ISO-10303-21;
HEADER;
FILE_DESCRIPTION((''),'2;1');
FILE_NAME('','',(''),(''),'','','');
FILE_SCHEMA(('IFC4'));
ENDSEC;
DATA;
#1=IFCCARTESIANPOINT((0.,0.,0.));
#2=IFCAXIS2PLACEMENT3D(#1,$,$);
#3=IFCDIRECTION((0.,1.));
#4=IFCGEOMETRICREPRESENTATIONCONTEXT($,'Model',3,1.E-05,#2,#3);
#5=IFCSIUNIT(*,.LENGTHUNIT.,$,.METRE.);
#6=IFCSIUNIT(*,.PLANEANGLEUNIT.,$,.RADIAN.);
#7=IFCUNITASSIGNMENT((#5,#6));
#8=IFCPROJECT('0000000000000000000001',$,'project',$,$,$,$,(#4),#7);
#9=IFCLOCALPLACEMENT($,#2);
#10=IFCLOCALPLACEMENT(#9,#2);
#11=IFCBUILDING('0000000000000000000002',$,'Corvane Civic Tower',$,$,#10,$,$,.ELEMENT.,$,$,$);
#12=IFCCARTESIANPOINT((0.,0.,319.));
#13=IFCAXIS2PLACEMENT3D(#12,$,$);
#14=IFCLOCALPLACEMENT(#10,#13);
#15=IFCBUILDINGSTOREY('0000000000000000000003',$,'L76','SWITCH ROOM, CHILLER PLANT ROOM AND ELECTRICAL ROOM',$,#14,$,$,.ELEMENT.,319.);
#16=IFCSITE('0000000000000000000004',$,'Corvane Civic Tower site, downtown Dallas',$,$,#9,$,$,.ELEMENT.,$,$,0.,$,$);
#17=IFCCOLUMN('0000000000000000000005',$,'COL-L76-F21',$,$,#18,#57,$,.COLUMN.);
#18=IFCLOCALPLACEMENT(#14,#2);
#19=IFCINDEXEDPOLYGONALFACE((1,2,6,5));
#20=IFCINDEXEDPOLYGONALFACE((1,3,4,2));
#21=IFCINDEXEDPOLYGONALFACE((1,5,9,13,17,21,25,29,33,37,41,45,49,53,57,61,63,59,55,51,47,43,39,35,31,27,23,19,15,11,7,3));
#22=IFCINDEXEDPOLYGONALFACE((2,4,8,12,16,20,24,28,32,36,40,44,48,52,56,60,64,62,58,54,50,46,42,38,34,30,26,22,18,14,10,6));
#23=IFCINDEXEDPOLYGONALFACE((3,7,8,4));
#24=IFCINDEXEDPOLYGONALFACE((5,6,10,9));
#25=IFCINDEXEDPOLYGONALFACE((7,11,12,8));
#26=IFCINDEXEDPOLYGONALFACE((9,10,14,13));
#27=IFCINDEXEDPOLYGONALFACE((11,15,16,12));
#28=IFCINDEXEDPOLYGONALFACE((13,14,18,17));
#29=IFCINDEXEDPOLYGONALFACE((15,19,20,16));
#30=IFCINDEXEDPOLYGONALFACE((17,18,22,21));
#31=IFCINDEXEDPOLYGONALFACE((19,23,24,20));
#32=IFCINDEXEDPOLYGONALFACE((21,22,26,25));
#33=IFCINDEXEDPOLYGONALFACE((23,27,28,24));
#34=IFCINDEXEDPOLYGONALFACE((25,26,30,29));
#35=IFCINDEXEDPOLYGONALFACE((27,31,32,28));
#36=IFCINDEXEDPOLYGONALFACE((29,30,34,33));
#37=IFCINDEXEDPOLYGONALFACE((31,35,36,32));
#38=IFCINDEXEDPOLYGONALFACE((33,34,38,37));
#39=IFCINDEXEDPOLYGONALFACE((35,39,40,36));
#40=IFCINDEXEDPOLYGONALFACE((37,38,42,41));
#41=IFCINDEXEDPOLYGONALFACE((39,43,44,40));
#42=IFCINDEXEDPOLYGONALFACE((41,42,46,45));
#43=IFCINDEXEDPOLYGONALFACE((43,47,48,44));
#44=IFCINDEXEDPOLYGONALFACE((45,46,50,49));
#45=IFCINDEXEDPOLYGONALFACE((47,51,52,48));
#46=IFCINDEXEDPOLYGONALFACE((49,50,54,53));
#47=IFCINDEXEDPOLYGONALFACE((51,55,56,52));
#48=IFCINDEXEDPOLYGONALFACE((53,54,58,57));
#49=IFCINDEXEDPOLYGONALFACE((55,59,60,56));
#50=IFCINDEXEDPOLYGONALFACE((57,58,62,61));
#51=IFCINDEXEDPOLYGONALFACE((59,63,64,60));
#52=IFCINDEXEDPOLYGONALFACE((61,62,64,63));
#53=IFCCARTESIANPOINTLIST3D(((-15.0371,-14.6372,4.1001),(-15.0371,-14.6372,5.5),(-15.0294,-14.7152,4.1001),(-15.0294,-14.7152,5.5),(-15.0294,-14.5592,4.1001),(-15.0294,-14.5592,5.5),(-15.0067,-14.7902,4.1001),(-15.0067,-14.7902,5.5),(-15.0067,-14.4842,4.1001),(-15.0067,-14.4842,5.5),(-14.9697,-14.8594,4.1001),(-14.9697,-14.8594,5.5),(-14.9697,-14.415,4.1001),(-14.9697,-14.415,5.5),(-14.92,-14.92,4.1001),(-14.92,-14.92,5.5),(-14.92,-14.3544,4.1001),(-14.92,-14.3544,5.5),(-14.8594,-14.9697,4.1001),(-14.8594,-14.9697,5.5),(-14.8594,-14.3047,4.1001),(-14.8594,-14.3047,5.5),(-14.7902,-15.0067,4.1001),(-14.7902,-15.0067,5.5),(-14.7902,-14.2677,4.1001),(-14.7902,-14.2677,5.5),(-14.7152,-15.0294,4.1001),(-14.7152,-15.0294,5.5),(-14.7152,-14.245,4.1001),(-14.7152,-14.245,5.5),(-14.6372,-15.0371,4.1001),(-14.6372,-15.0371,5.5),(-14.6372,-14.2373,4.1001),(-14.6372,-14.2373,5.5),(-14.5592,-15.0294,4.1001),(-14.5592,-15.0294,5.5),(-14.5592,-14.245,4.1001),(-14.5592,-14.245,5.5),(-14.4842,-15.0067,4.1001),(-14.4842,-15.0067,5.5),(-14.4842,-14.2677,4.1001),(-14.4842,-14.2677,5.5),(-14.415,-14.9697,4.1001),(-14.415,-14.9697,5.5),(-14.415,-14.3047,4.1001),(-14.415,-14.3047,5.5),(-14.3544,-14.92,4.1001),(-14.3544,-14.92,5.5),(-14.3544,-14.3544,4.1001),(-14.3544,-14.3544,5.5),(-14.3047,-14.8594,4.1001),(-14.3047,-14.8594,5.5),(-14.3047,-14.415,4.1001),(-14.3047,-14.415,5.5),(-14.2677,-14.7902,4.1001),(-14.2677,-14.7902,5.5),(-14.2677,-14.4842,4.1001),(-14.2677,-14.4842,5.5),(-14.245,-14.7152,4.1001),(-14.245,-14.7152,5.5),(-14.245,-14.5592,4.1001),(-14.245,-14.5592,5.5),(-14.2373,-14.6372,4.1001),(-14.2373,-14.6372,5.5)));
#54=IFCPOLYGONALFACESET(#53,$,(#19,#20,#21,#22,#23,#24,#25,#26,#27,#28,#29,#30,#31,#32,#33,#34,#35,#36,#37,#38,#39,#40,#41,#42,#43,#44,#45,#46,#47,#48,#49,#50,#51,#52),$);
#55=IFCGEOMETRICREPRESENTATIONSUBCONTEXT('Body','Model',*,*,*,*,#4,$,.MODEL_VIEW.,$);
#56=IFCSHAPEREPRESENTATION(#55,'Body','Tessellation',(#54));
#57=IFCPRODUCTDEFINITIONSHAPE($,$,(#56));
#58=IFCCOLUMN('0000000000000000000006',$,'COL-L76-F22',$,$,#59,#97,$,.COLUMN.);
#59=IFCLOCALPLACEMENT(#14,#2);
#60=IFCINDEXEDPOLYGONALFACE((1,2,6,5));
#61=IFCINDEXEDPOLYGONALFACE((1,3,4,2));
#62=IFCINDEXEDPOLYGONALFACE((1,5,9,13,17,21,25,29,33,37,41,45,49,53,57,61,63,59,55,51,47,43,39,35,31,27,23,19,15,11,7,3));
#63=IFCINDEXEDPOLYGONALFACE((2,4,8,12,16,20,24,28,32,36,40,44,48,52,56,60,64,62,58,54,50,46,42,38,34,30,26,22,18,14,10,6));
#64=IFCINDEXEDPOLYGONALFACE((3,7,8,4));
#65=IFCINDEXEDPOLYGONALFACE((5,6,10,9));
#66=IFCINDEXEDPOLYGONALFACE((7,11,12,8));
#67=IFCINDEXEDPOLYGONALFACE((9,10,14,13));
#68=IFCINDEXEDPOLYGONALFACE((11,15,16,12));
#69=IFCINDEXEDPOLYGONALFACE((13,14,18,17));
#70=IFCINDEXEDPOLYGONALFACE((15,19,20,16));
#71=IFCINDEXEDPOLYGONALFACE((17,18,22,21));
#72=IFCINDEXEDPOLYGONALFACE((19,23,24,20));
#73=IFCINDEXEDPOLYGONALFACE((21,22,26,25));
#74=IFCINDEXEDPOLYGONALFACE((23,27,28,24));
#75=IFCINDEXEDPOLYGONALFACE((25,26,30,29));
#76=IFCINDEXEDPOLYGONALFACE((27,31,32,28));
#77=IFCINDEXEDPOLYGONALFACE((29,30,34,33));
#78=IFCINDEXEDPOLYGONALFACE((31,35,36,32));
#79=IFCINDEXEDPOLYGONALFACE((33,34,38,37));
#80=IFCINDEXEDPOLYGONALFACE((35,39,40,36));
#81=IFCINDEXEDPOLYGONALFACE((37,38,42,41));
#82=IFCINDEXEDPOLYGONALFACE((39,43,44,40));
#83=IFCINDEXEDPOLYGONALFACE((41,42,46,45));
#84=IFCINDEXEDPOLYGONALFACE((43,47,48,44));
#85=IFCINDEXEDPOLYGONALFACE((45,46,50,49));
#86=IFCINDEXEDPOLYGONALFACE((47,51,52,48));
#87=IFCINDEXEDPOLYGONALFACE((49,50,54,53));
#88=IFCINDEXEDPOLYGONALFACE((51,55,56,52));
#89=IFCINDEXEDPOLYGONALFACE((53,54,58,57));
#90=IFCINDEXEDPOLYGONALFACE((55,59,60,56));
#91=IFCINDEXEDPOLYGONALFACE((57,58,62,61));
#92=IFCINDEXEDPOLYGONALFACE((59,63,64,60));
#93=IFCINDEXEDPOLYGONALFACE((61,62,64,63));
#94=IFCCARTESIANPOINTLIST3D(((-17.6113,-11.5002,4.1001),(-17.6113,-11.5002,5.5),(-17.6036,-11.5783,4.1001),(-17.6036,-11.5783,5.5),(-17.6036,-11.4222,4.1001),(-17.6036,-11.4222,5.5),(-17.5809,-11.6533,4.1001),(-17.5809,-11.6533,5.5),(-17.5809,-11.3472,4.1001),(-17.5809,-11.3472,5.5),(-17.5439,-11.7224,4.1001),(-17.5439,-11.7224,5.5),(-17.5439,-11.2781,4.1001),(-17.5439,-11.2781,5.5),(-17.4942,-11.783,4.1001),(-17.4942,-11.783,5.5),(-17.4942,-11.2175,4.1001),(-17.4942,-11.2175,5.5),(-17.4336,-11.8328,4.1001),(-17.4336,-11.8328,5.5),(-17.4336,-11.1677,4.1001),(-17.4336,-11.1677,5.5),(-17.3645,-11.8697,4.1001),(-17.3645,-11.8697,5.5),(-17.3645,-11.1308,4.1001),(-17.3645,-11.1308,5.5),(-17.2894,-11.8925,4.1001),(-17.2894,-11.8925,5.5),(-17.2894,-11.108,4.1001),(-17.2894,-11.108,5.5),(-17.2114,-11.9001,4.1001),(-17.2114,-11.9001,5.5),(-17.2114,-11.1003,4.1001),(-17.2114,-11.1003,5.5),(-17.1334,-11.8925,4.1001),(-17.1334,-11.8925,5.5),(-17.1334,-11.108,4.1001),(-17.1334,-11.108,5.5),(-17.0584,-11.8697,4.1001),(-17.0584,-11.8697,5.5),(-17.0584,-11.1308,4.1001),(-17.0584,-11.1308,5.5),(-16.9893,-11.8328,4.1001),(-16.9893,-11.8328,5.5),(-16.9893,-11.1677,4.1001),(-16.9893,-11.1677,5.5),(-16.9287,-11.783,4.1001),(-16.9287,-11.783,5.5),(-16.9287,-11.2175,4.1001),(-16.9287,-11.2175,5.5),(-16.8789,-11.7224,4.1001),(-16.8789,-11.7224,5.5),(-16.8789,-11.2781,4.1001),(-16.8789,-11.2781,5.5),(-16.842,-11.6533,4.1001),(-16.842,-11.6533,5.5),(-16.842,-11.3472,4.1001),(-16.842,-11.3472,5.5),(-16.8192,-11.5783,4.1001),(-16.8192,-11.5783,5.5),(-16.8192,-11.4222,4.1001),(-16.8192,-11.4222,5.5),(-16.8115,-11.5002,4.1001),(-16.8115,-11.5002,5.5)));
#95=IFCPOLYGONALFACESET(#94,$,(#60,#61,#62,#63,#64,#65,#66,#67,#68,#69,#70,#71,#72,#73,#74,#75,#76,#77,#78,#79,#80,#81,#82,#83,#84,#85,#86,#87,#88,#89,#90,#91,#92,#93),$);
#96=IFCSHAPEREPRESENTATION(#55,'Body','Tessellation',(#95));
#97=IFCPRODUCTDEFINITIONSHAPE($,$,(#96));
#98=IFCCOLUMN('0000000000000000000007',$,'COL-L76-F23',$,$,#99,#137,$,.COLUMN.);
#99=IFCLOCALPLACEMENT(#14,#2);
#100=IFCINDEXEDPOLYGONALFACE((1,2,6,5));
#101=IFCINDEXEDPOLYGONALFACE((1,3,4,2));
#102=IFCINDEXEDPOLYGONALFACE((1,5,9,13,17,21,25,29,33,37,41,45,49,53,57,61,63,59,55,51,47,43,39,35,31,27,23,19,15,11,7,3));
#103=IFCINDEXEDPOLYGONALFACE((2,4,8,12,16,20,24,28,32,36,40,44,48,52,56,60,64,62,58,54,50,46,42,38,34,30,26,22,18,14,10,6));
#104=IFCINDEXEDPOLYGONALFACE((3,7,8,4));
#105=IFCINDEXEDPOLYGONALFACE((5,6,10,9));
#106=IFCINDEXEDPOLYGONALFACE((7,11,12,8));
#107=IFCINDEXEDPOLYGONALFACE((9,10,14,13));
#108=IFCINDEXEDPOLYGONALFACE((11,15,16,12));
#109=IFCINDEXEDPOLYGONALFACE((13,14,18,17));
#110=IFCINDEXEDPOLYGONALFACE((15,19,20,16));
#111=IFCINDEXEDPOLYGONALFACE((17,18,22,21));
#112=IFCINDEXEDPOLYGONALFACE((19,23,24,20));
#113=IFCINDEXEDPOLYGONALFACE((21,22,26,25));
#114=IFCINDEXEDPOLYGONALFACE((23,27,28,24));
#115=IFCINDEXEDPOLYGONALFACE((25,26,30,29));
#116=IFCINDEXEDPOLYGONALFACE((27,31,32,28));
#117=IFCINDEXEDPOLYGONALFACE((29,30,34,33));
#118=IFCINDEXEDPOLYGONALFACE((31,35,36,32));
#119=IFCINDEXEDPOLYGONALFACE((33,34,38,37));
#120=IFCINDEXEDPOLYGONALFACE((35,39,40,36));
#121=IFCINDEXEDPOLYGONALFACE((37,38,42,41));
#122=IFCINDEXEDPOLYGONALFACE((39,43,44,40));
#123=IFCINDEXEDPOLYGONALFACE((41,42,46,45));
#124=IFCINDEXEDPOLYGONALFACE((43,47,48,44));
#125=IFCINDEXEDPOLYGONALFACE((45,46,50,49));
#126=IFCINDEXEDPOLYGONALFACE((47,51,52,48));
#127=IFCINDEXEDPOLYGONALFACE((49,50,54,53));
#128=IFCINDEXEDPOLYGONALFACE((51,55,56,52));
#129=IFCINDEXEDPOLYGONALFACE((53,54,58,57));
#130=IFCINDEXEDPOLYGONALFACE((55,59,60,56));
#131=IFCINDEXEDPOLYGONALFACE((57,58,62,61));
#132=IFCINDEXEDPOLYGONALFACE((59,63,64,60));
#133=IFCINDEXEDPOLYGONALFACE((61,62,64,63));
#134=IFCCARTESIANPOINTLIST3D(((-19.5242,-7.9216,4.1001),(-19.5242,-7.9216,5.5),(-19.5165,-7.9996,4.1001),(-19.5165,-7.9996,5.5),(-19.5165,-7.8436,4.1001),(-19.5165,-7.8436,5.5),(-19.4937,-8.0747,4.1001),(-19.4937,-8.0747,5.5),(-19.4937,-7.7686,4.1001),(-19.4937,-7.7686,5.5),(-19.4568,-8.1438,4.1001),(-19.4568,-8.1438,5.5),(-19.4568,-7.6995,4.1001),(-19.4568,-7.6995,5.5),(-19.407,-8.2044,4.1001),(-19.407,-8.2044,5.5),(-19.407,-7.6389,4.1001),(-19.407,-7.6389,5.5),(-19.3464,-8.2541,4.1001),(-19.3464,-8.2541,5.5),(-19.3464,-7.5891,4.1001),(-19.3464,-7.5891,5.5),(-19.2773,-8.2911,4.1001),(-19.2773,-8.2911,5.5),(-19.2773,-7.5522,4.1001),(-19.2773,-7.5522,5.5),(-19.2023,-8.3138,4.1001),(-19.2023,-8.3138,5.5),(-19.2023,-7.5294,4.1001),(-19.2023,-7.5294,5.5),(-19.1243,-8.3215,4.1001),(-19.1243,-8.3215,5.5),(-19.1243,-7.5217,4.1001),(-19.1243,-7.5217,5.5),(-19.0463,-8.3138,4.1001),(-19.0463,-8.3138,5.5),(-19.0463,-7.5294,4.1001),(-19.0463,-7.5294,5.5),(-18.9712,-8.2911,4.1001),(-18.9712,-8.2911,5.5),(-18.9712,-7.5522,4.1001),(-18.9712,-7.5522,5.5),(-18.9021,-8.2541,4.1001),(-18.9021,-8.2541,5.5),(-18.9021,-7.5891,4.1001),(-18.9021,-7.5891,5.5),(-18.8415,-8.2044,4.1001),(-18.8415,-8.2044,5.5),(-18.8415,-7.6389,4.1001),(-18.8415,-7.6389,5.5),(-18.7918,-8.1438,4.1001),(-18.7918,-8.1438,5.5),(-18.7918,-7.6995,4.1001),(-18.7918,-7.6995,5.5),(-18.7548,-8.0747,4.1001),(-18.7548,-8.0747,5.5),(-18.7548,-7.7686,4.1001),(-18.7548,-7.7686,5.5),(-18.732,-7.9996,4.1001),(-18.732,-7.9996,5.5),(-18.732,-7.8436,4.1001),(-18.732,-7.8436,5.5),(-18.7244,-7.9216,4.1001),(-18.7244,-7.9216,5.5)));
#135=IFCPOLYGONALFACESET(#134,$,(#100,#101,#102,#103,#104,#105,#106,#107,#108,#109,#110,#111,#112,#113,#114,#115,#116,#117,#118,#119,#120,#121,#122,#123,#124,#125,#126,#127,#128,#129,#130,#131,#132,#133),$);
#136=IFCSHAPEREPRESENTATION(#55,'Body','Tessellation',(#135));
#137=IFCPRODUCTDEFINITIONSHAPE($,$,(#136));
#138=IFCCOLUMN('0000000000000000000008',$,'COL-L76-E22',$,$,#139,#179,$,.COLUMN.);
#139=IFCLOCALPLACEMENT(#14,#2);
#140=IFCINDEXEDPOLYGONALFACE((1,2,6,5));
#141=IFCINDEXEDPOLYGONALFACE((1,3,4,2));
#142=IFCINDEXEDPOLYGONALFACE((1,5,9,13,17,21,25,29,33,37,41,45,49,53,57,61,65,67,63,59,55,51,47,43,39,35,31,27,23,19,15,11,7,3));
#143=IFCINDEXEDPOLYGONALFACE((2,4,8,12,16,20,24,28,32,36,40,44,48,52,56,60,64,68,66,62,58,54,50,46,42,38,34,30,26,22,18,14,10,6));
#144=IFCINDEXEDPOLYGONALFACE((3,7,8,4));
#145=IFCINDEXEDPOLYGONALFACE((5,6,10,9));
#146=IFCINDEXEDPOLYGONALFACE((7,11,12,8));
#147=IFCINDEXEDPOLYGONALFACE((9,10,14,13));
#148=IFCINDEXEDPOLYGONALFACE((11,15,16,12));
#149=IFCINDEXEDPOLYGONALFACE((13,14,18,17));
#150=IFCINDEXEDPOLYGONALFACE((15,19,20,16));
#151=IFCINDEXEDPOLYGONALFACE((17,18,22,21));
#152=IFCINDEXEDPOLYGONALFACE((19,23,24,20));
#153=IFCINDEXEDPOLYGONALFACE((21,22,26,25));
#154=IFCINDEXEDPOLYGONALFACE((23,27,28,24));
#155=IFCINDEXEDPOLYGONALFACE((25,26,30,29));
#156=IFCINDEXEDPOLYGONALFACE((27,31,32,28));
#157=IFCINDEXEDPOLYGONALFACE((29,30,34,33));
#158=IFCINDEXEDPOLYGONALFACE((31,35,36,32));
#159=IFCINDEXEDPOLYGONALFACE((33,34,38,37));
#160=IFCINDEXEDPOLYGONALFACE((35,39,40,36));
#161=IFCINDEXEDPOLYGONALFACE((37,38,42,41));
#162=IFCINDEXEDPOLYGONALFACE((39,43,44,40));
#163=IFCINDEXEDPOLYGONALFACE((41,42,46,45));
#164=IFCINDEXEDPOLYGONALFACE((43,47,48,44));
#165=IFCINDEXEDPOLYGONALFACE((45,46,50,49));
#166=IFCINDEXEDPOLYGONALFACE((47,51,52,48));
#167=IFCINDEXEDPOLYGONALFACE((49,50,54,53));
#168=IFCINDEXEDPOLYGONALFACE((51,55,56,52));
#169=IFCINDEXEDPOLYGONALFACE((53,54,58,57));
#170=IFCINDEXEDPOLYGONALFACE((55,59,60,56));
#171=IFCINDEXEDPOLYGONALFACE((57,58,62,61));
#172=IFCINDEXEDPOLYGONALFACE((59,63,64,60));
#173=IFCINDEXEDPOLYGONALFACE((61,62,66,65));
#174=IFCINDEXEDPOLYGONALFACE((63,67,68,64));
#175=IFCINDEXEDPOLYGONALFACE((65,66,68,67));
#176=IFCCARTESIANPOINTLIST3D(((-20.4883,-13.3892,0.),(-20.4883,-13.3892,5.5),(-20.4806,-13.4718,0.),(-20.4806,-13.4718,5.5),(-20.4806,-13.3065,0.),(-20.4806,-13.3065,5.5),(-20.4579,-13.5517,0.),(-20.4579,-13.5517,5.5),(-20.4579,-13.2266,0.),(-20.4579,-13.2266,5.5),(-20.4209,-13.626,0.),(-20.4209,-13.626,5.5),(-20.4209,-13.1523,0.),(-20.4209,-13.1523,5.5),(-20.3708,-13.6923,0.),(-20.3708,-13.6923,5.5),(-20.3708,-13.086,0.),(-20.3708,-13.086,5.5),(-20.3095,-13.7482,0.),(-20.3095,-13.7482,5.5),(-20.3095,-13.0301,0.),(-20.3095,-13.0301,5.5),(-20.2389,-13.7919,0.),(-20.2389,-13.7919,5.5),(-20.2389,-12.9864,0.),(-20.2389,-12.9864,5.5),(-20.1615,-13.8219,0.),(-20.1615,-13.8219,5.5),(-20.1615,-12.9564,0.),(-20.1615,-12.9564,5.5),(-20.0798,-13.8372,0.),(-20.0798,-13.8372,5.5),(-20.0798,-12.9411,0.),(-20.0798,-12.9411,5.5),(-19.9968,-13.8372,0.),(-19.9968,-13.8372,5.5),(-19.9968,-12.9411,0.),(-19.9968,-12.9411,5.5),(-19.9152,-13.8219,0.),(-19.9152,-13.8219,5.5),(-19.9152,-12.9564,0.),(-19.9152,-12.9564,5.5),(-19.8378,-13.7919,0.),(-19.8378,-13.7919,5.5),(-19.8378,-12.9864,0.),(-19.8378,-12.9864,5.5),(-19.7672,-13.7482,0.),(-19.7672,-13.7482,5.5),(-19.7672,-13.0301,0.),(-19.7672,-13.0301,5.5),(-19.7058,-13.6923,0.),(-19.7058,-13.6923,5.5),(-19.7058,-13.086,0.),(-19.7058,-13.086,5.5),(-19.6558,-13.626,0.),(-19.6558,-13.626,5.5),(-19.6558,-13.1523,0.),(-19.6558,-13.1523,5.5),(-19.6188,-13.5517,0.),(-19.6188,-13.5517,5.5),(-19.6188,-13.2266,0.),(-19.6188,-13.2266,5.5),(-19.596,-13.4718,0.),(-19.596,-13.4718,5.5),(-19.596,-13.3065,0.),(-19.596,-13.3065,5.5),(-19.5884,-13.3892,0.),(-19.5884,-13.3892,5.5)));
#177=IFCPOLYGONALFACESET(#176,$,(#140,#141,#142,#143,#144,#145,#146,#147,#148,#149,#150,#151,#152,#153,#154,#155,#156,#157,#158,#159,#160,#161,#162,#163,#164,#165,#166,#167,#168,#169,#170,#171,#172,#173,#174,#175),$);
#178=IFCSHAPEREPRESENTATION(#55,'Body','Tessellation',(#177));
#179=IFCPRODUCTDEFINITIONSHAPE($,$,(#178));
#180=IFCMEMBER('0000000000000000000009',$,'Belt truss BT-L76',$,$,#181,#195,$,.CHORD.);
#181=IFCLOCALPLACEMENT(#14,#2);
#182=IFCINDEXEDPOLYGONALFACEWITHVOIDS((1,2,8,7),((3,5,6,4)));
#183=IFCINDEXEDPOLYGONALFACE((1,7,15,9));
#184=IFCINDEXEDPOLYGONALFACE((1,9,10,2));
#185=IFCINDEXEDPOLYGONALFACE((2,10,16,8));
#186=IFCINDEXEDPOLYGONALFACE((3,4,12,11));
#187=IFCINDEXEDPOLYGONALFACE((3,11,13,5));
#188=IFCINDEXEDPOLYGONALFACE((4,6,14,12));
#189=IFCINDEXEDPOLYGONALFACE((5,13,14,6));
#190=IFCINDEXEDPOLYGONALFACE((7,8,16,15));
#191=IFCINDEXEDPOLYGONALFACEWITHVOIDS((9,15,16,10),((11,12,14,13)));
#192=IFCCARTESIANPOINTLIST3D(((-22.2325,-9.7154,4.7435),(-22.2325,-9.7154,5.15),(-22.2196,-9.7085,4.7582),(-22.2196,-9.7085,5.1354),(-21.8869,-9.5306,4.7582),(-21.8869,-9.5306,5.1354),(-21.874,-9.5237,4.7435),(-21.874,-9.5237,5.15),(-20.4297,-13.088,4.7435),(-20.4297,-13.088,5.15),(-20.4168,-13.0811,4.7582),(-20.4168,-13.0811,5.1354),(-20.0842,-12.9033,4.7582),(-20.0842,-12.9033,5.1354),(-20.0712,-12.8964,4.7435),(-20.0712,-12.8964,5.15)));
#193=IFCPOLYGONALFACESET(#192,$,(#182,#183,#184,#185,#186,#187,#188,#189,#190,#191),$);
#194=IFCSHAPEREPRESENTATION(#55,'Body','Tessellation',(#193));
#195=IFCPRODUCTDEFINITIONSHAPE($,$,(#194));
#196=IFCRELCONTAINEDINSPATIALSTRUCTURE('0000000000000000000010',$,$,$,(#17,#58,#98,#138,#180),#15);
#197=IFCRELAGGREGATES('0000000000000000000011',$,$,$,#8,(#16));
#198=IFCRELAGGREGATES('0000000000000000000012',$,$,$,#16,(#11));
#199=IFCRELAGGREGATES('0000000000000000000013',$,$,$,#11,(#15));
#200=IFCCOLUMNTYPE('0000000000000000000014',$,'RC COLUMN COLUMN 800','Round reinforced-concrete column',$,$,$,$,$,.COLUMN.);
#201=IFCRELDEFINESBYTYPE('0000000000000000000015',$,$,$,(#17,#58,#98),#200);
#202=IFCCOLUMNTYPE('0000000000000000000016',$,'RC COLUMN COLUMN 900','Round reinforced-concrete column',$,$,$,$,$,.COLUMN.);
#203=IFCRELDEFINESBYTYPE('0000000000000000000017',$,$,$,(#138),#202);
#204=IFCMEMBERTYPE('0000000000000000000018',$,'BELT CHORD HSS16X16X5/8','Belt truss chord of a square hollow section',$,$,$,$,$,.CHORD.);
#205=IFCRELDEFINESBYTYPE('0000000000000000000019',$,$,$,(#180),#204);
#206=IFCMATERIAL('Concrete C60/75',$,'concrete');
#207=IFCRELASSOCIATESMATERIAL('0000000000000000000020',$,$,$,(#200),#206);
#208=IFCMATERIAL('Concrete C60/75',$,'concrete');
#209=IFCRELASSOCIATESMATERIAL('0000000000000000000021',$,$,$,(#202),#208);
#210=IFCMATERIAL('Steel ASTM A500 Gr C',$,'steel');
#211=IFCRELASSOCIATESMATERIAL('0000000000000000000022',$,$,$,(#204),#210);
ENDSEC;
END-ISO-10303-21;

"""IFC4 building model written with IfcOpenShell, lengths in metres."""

from ifc_helpers import new_model, si_unit, direction, frame, origin, origin_2d, place, context, subcontext, project, spatial, hollow_rectangle, circle, extrude, material, material_profile, profile_set, type_object, element, save


model = new_model("IFC4")

# Units and contexts
model_context = context("Model", 3, precision=1e-05, world=origin(), true_north=direction((0.0, 1.0)))
body_context = subcontext(model_context, "Body", "Model", "MODEL_VIEW")
ifc_project = project(units=[si_unit("LENGTHUNIT", "METRE"), si_unit("PLANEANGLEUNIT", "RADIAN")], contexts=[model_context])

# Site, building, storey
site_placement = place(None, origin())
site = spatial("IfcSite", under=ifc_project, at=site_placement, Name="Corvane Civic Tower site, downtown Dallas", CompositionType="ELEMENT", RefElevation=0.0)
building_placement = place(site_placement, origin())
building = spatial("IfcBuilding", under=site, at=building_placement, Name="Corvane Civic Tower", CompositionType="ELEMENT")
storey_placement = place(building_placement, frame((0.0, 0.0, 319.0)))
storey = spatial("IfcBuildingStorey", under=building, at=storey_placement, Name="L76", Description="SWITCH ROOM, CHILLER PLANT ROOM AND ELECTRICAL ROOM", CompositionType="ELEMENT", Elevation=319.0)

# Columns
ifc_material_1 = material(Name="Concrete C60/75", Category="concrete")
ifc_material_profile_1 = material_profile(ifc_material_1, circle(Radius=0.3999, at=origin_2d()), Name="COLUMN 800")
ifc_profile_set_1 = profile_set([ifc_material_profile_1], Name="Concrete C60/75")
column_type_1 = type_object("IfcColumnType", Name="RC COLUMN COLUMN 800", Description="Round reinforced-concrete column", PredefinedType="COLUMN", material=ifc_profile_set_1)
for number, where, z_axis, x_axis, name in (
    (1, (-14.6372, -14.6372, 4.1001), (0.0, 0.0, 1.0), (1.0, 0.0, 0.0), "COL-L76-F21"),
    (2, (-17.2114, -11.5002, 4.1001), (0.0, 0.0, 1.0), (1.0, 0.0, 0.0), "COL-L76-F22"),
    (3, (-19.1243, -7.9216, 4.1001), (0.0, 0.0, 1.0), (1.0, 0.0, 0.0), "COL-L76-F23"),
):
    element("IfcColumn", number, at=place(storey_placement, frame(where, z_axis=z_axis, x_axis=x_axis)), inside=storey, type_object=column_type_1, Name=name, PredefinedType="COLUMN", context=body_context, shape_type="SweptSolid", body=[
        extrude(circle(Radius=0.3999, at=origin_2d()), origin(), (0.0, 0.0, 1.0), 1.3999),
    ])
ifc_material_2 = material(Name="Concrete C60/75", Category="concrete")
ifc_material_profile_2 = material_profile(ifc_material_2, circle(Radius=0.45, at=origin_2d()), Name="COLUMN 900")
ifc_profile_set_2 = profile_set([ifc_material_profile_2], Name="Concrete C60/75")
column_type_2 = type_object("IfcColumnType", Name="RC COLUMN COLUMN 900", Description="Round reinforced-concrete column", PredefinedType="COLUMN", material=ifc_profile_set_2)
column_placement = place(storey_placement, frame((-20.0383, -13.3892, 0.0), z_axis=(0.0, 0.0, 1.0), x_axis=(1.0, 0.0, 0.0)))
element("IfcColumn", 4, at=column_placement, inside=storey, type_object=column_type_2, Name="COL-L76-E22", PredefinedType="COLUMN", context=body_context, shape_type="SweptSolid", body=[
    extrude(circle(Radius=0.45, at=origin_2d()), origin(), (0.0, 0.0, 1.0), 5.5),
])

# Member
ifc_material_3 = material(Name="Steel ASTM A500 Gr C", Category="steel")
ifc_material_profile_3 = material_profile(ifc_material_3, hollow_rectangle(XDim=0.4065, YDim=0.4065, WallThickness=0.0146, at=origin_2d()), Name="HSS16X16X5/8")
ifc_profile_set_3 = profile_set([ifc_material_profile_3], Name="Steel ASTM A500 Gr C")
member_type_1 = type_object("IfcMemberType", Name="BELT CHORD HSS16X16X5/8", Description="Belt truss chord of a square hollow section", PredefinedType="CHORD", material=ifc_profile_set_3)
for number, where, z_axis, x_axis, name in (
    (5, (-20.2505, -12.9922, 4.9468), (-0.47141, 0.881914, 0.0), (-0.881914, -0.47141, 0.0), "Belt truss BT-L76"),
):
    element("IfcMember", number, at=place(storey_placement, frame(where, z_axis=z_axis, x_axis=x_axis)), inside=storey, type_object=member_type_1, Name=name, PredefinedType="CHORD", context=body_context, shape_type="SweptSolid", body=[
        extrude(hollow_rectangle(XDim=0.4065, YDim=0.4065, WallThickness=0.0146, at=origin_2d()), origin(), (0.0, 0.0, 1.0), 3.8242),
    ])

save(model, "model.ifc")
